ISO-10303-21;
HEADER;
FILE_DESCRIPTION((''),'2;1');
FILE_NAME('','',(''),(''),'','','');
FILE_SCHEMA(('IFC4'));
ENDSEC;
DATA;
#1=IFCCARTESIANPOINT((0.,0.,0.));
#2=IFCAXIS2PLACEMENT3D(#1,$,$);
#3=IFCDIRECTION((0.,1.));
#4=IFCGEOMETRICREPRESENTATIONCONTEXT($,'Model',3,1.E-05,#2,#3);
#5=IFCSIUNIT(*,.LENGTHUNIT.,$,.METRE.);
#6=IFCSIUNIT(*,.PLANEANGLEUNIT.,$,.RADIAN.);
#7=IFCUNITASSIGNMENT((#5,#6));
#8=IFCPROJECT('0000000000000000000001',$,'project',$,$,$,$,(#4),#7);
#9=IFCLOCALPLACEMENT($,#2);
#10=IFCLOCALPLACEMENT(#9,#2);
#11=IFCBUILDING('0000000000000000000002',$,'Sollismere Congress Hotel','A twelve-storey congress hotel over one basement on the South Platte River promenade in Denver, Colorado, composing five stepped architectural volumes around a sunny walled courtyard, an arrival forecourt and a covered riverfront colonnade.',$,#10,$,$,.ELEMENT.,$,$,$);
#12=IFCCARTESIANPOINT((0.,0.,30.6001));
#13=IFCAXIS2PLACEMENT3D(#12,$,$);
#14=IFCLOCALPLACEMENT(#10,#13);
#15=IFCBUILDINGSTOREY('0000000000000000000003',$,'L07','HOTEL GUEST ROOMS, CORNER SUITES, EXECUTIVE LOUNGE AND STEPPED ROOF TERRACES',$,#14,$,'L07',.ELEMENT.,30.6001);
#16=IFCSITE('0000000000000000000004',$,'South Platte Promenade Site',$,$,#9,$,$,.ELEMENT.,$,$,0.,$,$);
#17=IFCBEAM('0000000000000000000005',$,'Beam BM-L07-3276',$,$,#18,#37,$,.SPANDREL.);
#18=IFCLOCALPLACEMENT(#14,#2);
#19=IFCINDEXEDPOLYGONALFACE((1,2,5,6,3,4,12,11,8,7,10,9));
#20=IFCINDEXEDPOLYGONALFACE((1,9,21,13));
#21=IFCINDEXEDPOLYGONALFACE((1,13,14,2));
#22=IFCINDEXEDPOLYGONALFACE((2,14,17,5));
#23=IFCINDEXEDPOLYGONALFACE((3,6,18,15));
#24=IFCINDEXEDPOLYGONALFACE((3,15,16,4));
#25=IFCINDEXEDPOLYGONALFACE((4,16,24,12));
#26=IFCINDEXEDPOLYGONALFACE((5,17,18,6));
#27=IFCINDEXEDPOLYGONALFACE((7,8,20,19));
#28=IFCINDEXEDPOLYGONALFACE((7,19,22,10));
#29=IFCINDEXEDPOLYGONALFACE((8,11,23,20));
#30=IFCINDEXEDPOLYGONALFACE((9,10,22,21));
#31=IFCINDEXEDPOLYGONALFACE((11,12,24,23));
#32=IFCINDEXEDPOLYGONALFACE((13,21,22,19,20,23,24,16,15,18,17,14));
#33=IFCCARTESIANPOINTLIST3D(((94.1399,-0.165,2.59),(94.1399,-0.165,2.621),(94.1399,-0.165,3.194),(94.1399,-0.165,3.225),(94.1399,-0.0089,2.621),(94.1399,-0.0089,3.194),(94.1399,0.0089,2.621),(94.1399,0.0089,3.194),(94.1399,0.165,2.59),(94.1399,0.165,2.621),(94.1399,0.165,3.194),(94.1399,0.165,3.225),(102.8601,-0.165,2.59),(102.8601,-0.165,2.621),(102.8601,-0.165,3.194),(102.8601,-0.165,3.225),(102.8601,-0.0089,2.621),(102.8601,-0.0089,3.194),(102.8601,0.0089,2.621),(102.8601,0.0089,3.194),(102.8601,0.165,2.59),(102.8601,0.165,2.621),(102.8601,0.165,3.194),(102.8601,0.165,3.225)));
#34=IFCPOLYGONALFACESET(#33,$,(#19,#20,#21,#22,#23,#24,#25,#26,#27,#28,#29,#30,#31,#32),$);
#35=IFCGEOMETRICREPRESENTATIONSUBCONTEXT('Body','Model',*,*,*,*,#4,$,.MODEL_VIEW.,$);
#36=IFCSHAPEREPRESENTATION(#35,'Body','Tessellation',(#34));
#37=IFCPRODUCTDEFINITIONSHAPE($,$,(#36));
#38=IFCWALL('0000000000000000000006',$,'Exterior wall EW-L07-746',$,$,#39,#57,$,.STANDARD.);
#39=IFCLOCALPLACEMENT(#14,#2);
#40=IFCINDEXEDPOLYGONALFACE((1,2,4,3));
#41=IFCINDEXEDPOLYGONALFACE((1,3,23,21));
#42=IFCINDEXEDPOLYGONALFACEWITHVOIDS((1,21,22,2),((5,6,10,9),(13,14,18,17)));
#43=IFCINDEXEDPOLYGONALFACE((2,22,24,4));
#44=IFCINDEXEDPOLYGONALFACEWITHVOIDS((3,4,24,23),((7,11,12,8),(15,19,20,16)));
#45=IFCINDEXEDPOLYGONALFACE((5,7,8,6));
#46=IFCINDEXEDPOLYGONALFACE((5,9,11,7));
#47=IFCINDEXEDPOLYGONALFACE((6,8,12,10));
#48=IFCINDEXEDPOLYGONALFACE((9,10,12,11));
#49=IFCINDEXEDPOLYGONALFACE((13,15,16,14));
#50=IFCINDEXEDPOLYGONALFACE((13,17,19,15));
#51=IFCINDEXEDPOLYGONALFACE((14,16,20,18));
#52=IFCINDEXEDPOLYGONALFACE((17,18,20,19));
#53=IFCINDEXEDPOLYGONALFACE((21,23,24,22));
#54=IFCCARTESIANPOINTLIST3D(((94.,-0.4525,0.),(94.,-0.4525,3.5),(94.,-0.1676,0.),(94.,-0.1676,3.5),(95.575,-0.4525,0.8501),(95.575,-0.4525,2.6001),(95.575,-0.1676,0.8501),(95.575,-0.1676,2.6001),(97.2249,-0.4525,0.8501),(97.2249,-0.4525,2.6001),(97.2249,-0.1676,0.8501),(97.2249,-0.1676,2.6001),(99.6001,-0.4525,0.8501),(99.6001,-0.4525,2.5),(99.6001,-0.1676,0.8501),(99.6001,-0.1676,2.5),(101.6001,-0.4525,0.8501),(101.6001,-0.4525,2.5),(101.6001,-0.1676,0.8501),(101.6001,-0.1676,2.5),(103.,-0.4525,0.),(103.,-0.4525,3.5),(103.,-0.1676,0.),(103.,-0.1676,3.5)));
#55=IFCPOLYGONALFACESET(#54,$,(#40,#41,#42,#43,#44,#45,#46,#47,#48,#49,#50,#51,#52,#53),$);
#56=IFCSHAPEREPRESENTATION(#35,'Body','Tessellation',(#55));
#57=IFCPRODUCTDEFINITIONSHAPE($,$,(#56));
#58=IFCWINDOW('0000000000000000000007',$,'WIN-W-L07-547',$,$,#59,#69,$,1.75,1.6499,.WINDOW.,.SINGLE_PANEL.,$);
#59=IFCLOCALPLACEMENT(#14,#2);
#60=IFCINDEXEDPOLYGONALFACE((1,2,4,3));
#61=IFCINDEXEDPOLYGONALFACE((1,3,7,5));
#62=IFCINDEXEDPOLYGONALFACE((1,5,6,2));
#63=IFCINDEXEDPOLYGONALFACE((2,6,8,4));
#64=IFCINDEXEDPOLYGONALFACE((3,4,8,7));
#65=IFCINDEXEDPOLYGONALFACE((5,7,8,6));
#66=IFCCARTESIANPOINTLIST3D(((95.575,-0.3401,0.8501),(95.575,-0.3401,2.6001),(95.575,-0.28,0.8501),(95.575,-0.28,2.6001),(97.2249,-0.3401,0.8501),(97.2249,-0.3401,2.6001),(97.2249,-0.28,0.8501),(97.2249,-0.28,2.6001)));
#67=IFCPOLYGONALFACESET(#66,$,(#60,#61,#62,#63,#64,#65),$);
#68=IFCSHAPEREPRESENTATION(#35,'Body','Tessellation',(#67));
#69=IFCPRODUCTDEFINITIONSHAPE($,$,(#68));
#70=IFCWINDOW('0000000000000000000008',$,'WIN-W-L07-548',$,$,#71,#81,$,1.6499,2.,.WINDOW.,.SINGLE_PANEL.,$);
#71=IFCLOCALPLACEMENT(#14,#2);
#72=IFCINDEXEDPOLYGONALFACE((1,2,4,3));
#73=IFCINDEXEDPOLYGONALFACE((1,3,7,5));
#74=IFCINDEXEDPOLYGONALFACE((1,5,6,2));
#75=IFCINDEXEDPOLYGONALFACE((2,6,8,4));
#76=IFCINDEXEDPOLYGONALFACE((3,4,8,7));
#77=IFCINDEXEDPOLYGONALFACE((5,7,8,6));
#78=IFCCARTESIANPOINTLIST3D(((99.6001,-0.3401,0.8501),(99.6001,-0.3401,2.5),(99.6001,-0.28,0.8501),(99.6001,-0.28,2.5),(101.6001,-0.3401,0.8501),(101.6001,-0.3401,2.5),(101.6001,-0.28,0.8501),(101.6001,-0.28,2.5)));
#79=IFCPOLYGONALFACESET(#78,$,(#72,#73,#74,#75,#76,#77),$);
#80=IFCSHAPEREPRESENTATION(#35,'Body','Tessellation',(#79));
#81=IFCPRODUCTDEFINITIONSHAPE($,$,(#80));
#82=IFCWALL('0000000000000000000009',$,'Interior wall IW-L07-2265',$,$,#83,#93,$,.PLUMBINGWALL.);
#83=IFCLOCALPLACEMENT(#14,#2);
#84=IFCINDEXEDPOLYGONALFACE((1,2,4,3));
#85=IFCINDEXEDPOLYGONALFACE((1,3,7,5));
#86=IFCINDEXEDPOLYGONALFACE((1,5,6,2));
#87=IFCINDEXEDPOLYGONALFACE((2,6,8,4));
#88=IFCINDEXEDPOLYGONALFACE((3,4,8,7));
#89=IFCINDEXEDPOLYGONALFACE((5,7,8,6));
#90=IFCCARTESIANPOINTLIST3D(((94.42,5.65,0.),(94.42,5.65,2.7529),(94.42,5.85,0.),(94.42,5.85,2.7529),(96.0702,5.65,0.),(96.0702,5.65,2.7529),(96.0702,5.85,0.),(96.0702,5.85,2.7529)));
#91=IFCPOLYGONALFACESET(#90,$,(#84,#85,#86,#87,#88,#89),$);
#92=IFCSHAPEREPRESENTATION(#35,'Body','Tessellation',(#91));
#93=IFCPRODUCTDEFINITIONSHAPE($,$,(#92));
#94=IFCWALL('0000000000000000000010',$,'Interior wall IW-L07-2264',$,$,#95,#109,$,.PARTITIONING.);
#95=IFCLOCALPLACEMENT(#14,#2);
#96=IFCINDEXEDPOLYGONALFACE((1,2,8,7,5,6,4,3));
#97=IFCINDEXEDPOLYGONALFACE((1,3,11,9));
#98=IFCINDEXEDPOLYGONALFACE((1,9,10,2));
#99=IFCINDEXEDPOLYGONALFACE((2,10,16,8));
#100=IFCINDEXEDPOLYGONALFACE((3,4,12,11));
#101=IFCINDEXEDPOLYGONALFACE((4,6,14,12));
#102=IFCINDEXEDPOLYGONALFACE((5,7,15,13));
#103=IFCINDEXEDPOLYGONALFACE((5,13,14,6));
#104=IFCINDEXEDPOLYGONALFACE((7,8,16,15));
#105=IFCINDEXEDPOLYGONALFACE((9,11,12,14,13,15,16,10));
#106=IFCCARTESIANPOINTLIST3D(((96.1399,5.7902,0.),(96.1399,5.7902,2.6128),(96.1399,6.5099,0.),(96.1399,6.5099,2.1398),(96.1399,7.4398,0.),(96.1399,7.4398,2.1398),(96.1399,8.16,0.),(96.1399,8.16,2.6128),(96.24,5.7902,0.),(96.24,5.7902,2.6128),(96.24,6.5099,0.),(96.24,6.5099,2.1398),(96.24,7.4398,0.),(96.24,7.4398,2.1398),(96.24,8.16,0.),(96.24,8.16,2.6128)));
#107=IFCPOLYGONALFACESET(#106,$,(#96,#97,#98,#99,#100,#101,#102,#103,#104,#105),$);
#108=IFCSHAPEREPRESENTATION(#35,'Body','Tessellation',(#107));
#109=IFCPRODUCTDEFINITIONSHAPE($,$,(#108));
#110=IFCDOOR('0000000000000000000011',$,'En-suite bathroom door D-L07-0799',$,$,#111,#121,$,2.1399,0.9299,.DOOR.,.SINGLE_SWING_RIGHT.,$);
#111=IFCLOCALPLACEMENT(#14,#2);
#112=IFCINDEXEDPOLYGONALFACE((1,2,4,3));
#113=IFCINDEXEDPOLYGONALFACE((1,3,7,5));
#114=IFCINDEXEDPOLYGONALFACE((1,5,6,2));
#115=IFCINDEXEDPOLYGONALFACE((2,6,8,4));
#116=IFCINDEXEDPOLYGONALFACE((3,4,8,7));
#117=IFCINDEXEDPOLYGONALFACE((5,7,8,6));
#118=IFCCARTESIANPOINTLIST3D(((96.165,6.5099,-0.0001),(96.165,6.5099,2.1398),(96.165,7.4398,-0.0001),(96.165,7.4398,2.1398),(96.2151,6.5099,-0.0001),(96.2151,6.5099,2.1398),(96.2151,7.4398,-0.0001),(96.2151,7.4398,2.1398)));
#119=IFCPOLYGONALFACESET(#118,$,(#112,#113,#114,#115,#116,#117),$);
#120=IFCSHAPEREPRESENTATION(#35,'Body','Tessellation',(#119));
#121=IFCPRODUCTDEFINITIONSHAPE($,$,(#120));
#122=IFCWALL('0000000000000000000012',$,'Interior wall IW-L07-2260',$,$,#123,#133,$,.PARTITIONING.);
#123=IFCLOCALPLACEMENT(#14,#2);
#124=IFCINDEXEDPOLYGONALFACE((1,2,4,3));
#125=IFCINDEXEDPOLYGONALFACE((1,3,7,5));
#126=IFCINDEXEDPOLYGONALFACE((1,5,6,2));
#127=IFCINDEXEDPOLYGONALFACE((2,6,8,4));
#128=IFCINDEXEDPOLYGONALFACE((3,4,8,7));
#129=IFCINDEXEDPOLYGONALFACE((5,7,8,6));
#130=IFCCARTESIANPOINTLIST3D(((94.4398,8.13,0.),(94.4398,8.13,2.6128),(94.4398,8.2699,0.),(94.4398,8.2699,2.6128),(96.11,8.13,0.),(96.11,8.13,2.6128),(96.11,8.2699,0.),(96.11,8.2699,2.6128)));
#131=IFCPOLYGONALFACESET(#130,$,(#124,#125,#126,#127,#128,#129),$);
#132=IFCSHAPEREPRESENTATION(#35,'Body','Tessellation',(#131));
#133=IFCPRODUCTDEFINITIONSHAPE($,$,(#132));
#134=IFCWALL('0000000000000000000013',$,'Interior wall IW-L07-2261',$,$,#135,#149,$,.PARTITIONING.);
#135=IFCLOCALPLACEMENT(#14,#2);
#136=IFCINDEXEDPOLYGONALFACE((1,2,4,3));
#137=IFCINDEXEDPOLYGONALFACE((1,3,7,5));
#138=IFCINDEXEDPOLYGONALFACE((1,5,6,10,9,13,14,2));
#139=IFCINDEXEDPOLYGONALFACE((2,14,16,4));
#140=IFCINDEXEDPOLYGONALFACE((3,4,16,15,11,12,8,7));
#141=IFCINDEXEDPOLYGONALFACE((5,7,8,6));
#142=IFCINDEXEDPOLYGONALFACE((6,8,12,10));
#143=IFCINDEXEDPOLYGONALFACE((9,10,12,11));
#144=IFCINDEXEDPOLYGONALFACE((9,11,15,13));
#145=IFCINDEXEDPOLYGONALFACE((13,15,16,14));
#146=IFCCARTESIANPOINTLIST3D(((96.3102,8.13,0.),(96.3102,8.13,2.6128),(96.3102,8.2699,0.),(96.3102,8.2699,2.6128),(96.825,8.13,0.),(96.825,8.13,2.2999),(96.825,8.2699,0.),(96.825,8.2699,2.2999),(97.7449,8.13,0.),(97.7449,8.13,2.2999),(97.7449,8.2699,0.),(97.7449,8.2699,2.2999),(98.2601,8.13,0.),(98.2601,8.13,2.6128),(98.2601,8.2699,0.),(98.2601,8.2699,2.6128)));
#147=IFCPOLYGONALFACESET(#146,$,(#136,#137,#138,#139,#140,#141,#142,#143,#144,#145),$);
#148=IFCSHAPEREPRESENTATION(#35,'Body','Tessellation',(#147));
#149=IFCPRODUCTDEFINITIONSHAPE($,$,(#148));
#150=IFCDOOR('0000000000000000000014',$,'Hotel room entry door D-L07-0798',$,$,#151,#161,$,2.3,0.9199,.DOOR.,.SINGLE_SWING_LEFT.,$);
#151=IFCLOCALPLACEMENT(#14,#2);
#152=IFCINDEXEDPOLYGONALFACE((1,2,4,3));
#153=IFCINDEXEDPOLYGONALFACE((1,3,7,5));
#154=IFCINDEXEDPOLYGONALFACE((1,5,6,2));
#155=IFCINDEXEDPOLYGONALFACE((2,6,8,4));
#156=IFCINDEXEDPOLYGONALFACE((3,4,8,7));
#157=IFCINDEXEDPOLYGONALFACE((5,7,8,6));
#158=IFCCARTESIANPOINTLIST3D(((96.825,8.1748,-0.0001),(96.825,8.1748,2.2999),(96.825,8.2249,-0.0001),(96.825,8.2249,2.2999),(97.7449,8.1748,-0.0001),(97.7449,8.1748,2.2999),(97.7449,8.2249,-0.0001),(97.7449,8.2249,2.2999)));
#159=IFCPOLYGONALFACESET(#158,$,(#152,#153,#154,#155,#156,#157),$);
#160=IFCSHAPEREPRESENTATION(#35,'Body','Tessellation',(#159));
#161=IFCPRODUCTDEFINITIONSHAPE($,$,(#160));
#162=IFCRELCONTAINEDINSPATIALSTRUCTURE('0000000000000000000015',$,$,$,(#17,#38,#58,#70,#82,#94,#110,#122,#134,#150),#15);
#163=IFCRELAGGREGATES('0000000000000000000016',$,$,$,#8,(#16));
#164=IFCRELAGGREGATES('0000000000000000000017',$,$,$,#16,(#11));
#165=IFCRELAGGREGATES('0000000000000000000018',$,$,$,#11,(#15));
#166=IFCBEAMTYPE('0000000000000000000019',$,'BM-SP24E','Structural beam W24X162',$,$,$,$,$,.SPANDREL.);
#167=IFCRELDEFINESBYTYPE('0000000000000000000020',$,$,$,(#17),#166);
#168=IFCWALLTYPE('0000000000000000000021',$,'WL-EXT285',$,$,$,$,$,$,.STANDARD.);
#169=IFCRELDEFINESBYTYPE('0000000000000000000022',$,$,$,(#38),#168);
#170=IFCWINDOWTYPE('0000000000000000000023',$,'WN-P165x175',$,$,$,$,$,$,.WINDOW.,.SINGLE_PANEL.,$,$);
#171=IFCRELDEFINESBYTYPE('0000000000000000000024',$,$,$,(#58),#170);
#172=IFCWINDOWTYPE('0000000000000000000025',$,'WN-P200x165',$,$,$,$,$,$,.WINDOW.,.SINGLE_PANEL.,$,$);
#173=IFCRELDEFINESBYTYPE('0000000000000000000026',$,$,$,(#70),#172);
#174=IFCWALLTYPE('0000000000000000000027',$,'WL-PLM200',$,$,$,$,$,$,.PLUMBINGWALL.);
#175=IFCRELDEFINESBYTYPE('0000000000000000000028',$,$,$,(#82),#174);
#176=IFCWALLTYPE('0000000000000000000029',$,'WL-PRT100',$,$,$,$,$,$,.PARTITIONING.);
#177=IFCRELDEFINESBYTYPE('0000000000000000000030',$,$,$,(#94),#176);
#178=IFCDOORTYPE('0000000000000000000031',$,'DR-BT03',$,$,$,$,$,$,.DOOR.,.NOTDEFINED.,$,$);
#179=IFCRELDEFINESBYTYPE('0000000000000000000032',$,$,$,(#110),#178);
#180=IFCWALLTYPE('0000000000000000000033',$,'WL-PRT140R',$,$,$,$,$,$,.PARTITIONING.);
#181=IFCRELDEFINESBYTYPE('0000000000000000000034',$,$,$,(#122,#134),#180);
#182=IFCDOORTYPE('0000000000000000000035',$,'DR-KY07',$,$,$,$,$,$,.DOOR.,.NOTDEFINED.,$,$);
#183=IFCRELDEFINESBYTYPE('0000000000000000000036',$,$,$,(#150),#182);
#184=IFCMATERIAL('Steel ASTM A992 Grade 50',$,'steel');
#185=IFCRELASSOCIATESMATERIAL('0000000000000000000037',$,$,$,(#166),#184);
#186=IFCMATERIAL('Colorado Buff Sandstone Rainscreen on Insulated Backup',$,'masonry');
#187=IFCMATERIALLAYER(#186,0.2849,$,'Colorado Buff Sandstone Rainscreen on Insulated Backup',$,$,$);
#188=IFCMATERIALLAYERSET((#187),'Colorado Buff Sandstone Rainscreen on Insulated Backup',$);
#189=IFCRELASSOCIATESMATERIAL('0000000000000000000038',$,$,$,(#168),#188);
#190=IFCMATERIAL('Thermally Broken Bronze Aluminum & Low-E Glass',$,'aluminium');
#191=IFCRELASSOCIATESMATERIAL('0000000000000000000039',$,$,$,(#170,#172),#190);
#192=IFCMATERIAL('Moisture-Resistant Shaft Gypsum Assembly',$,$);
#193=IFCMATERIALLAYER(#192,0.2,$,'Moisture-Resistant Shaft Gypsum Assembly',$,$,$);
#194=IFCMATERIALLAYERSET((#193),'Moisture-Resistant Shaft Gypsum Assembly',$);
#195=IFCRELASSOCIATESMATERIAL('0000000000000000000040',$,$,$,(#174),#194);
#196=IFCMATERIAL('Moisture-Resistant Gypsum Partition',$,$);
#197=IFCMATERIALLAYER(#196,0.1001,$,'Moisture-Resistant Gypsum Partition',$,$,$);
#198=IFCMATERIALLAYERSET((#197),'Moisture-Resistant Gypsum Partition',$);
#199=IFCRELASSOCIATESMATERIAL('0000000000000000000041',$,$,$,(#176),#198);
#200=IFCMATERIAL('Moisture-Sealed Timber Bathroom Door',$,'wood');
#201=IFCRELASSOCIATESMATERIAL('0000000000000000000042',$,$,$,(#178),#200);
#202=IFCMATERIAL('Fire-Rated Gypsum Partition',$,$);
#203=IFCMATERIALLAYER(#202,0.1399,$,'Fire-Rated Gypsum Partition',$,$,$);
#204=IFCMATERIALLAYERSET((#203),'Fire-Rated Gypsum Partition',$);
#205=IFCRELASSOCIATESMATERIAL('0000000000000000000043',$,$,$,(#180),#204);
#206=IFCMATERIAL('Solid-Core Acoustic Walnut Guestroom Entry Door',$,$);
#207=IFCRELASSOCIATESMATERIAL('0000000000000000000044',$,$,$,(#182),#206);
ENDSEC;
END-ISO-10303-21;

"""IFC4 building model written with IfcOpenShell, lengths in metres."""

from ifc_helpers import new_model, si_unit, direction, frame, frame_2d, origin, origin_2d, place, context, subcontext, project, spatial, rectangle, i_section, extrude, material, layer, layer_set, material_profile, profile_set, type_object, element, fill, save


model = new_model("IFC4")

# Units and contexts
model_context = context("Model", 3, precision=1e-05, world=origin(), true_north=direction((0.0, 1.0)))
body_context = subcontext(model_context, "Body", "Model", "MODEL_VIEW")
ifc_project = project(units=[si_unit("LENGTHUNIT", "METRE"), si_unit("PLANEANGLEUNIT", "RADIAN")], contexts=[model_context])

# Site, building, storey
site_placement = place(None, origin())
site = spatial("IfcSite", under=ifc_project, at=site_placement, Name="South Platte Promenade Site", CompositionType="ELEMENT", RefElevation=0.0)
building_placement = place(site_placement, origin())
building = spatial("IfcBuilding", under=site, at=building_placement, Name="Sollismere Congress Hotel", Description="A twelve-storey congress hotel over one basement on the South Platte River promenade in Denver, Colorado, composing five stepped architectural volumes around a sunny walled courtyard, an arrival forecourt and a covered riverfront colonnade.", CompositionType="ELEMENT")
storey_placement = place(building_placement, frame((0.0, 0.0, 30.6001)))
storey = spatial("IfcBuildingStorey", under=building, at=storey_placement, Name="L07", Description="HOTEL GUEST ROOMS, CORNER SUITES, EXECUTIVE LOUNGE AND STEPPED ROOF TERRACES", LongName="L07", CompositionType="ELEMENT", Elevation=30.6001)

# Beam
ifc_material_1 = material(Name="Steel ASTM A992 Grade 50", Category="steel")
ifc_material_profile_1 = material_profile(ifc_material_1, i_section(OverallWidth=0.3301, OverallDepth=0.635, WebThickness=0.0178, FlangeThickness=0.031, at=origin_2d()), Name="W24X162")
ifc_profile_set_1 = profile_set([ifc_material_profile_1], Name="Steel ASTM A992 Grade 50")
beam_type_1 = type_object("IfcBeamType", Name="BM-SP24E", Description="Structural beam W24X162", PredefinedType="SPANDREL", material=ifc_profile_set_1)
beam_1_placement = place(storey_placement, frame((94.1399, 0.0, 2.9075), z_axis=(1.0, 0.0, 0.0), x_axis=(0.0, 1.0, 0.0)))
element("IfcBeam", 1, at=beam_1_placement, inside=storey, type_object=beam_type_1, Name="Beam BM-L07-3276", PredefinedType="SPANDREL", context=body_context, shape_type="SweptSolid", body=[
    extrude(i_section(OverallWidth=0.3301, OverallDepth=0.635, WebThickness=0.0178, FlangeThickness=0.031, at=origin_2d()), origin(), (0.0, 0.0, 1.0), 8.7202),
])

# Wall, openings, windows
ifc_material_2 = material(Name="Colorado Buff Sandstone Rainscreen on Insulated Backup", Category="masonry")
ifc_layer_1 = layer(ifc_material_2, 0.2849, Name="Colorado Buff Sandstone Rainscreen on Insulated Backup")
ifc_layer_set_1 = layer_set([ifc_layer_1], Name="Colorado Buff Sandstone Rainscreen on Insulated Backup")
wall_type_1 = type_object("IfcWallType", Name="WL-EXT285", PredefinedType="STANDARD", material=ifc_layer_set_1)
wall_1_placement = place(storey_placement, frame((94.0, -0.3101, 0.0), z_axis=(0.0, 0.0, 1.0), x_axis=(1.0, 0.0, 0.0)))
wall_1 = element("IfcWall", 2, at=wall_1_placement, inside=storey, type_object=wall_type_1, Name="Exterior wall EW-L07-746", PredefinedType="STANDARD", context=body_context, shape_type="SweptSolid", body=[
    extrude(rectangle(XDim=9.0, YDim=0.2849, at=frame_2d((4.5, 0.0))), origin(), (0.0, 0.0, 1.0), 3.5),
])
opening_1_placement = place(wall_1_placement, frame((1.575, 0.0, 0.8501)))
opening_1 = element("IfcOpeningElement", 3, at=opening_1_placement, cuts=wall_1, PredefinedType="OPENING", context=body_context, shape_type="SweptSolid", body=[
    extrude(rectangle(XDim=1.6499, YDim=1.75, at=frame_2d((0.825, 0.875))), frame((0.0, 0.1523, 0.0), z_axis=(0.0, -1.0, 0.0), x_axis=(1.0, 0.0, 0.0)), (0.0, 0.0, 1.0), 0.3049),
])
opening_2_placement = place(wall_1_placement, frame((5.6001, 0.0, 0.8501)))
opening_2 = element("IfcOpeningElement", 4, at=opening_2_placement, cuts=wall_1, PredefinedType="OPENING", context=body_context, shape_type="SweptSolid", body=[
    extrude(rectangle(XDim=2.0, YDim=1.6499, at=frame_2d((1.0, 0.825))), frame((0.0, 0.1523, 0.0), z_axis=(0.0, -1.0, 0.0), x_axis=(1.0, 0.0, 0.0)), (0.0, 0.0, 1.0), 0.3049),
])
ifc_material_3 = material(Name="Thermally Broken Bronze Aluminum & Low-E Glass", Category="aluminium")
window_type_1 = type_object("IfcWindowType", Name="WN-P165x175", PartitioningType="SINGLE_PANEL", PredefinedType="WINDOW", material=ifc_material_3)
window_1_placement = place(opening_1_placement, origin())
window_1 = element("IfcWindow", 5, at=window_1_placement, inside=storey, type_object=window_type_1, Name="WIN-W-L07-547", OverallHeight=1.75, OverallWidth=1.6499, PartitioningType="SINGLE_PANEL", PredefinedType="WINDOW", context=body_context, shape_type="SweptSolid", body=[
    extrude(rectangle(XDim=1.6499, YDim=1.75, at=frame_2d((0.825, 0.875))), frame((0.0, 0.03, 0.0), z_axis=(0.0, -1.0, 0.0), x_axis=(1.0, 0.0, 0.0)), (0.0, 0.0, 1.0), 0.0601),
])
fill(opening_1, window_1)
window_type_2 = type_object("IfcWindowType", Name="WN-P200x165", PartitioningType="SINGLE_PANEL", PredefinedType="WINDOW", material=ifc_material_3)
window_2_placement = place(opening_2_placement, origin())
window_2 = element("IfcWindow", 6, at=window_2_placement, inside=storey, type_object=window_type_2, Name="WIN-W-L07-548", OverallHeight=1.6499, OverallWidth=2.0, PartitioningType="SINGLE_PANEL", PredefinedType="WINDOW", context=body_context, shape_type="SweptSolid", body=[
    extrude(rectangle(XDim=2.0, YDim=1.6499, at=frame_2d((1.0, 0.825))), frame((0.0, 0.03, 0.0), z_axis=(0.0, -1.0, 0.0), x_axis=(1.0, 0.0, 0.0)), (0.0, 0.0, 1.0), 0.0601),
])
fill(opening_2, window_2)

# Wall
ifc_material_4 = material(Name="Moisture-Resistant Shaft Gypsum Assembly")
ifc_layer_2 = layer(ifc_material_4, 0.2, Name="Moisture-Resistant Shaft Gypsum Assembly")
ifc_layer_set_2 = layer_set([ifc_layer_2], Name="Moisture-Resistant Shaft Gypsum Assembly")
wall_type_2 = type_object("IfcWallType", Name="WL-PLM200", PredefinedType="PLUMBINGWALL", material=ifc_layer_set_2)
wall_2_placement = place(storey_placement, frame((94.4199, 5.75, 0.0), z_axis=(0.0, 0.0, 1.0), x_axis=(1.0, 0.0, 0.0)))
element("IfcWall", 7, at=wall_2_placement, inside=storey, type_object=wall_type_2, Name="Interior wall IW-L07-2265", PredefinedType="PLUMBINGWALL", context=body_context, shape_type="SweptSolid", body=[
    extrude(rectangle(XDim=1.6501, YDim=0.2, at=frame_2d((0.8252, 0.0))), origin(), (0.0, 0.0, 1.0), 2.7529),
])

# Wall, opening, door
ifc_material_5 = material(Name="Moisture-Resistant Gypsum Partition")
ifc_layer_3 = layer(ifc_material_5, 0.1001, Name="Moisture-Resistant Gypsum Partition")
ifc_layer_set_3 = layer_set([ifc_layer_3], Name="Moisture-Resistant Gypsum Partition")
wall_type_3 = type_object("IfcWallType", Name="WL-PRT100", PredefinedType="PARTITIONING", material=ifc_layer_set_3)
wall_3_placement = place(storey_placement, frame((96.1899, 5.79, 0.0), z_axis=(0.0, 0.0, 1.0), x_axis=(0.0, 1.0, 0.0)))
wall_3 = element("IfcWall", 8, at=wall_3_placement, inside=storey, type_object=wall_type_3, Name="Interior wall IW-L07-2264", PredefinedType="PARTITIONING", context=body_context, shape_type="SweptSolid", body=[
    extrude(rectangle(XDim=2.3699, YDim=0.1001, at=frame_2d((1.1851, 0.0))), origin(), (0.0, 0.0, 1.0), 2.6128),
])
opening_3_placement = place(wall_3_placement, frame((0.72, 0.0, 0.0)))
opening_3 = element("IfcOpeningElement", 9, at=opening_3_placement, cuts=wall_3, PredefinedType="OPENING", context=body_context, shape_type="SweptSolid", body=[
    extrude(rectangle(XDim=0.9299, YDim=2.1399, at=frame_2d((0.4648, 1.0698))), frame((0.0, 0.0601, 0.0), z_axis=(0.0, -1.0, 0.0), x_axis=(1.0, 0.0, 0.0)), (0.0, 0.0, 1.0), 0.1201),
])
ifc_material_6 = material(Name="Moisture-Sealed Timber Bathroom Door", Category="wood")
door_type_1 = type_object("IfcDoorType", Name="DR-BT03", OperationType="NOTDEFINED", PredefinedType="DOOR", material=ifc_material_6)
door_1_placement = place(opening_3_placement, origin())
door_1 = element("IfcDoor", 10, at=door_1_placement, inside=storey, type_object=door_type_1, Name="En-suite bathroom door D-L07-0799", OperationType="SINGLE_SWING_RIGHT", OverallHeight=2.1399, OverallWidth=0.9299, PredefinedType="DOOR", context=body_context, shape_type="SweptSolid", body=[
    extrude(rectangle(XDim=0.9299, YDim=2.1399, at=frame_2d((0.4648, 1.0698))), frame((0.0, 0.0249, 0.0), z_axis=(0.0, -1.0, 0.0), x_axis=(1.0, 0.0, 0.0)), (0.0, 0.0, 1.0), 0.05),
])
fill(opening_3, door_1)

# Wall
ifc_material_7 = material(Name="Fire-Rated Gypsum Partition")
ifc_layer_4 = layer(ifc_material_7, 0.1399, Name="Fire-Rated Gypsum Partition")
ifc_layer_set_4 = layer_set([ifc_layer_4], Name="Fire-Rated Gypsum Partition")
wall_type_4 = type_object("IfcWallType", Name="WL-PRT140R", PredefinedType="PARTITIONING", material=ifc_layer_set_4)
wall_4_placement = place(storey_placement, frame((94.4399, 8.2, 0.0), z_axis=(0.0, 0.0, 1.0), x_axis=(1.0, 0.0, 0.0)))
element("IfcWall", 11, at=wall_4_placement, inside=storey, type_object=wall_type_4, Name="Interior wall IW-L07-2260", PredefinedType="PARTITIONING", context=body_context, shape_type="SweptSolid", body=[
    extrude(rectangle(XDim=1.6702, YDim=0.1399, at=frame_2d((0.835, 0.0))), origin(), (0.0, 0.0, 1.0), 2.6128),
])

# Wall, opening, door
wall_5_placement = place(storey_placement, frame((96.3101, 8.2, 0.0), z_axis=(0.0, 0.0, 1.0), x_axis=(1.0, 0.0, 0.0)))
wall_5 = element("IfcWall", 12, at=wall_5_placement, inside=storey, type_object=wall_type_4, Name="Interior wall IW-L07-2261", PredefinedType="PARTITIONING", context=body_context, shape_type="SweptSolid", body=[
    extrude(rectangle(XDim=1.95, YDim=0.1399, at=frame_2d((0.9751, 0.0))), origin(), (0.0, 0.0, 1.0), 2.6128),
])
opening_4_placement = place(wall_5_placement, frame((0.5149, 0.0, 0.0)))
opening_4 = element("IfcOpeningElement", 13, at=opening_4_placement, cuts=wall_5, PredefinedType="OPENING", context=body_context, shape_type="SweptSolid", body=[
    extrude(rectangle(XDim=0.9199, YDim=2.3, at=frame_2d((0.46, 1.1499))), frame((0.0, 0.0798, 0.0), z_axis=(0.0, -1.0, 0.0), x_axis=(1.0, 0.0, 0.0)), (0.0, 0.0, 1.0), 0.1599),
])
ifc_material_8 = material(Name="Solid-Core Acoustic Walnut Guestroom Entry Door")
door_type_2 = type_object("IfcDoorType", Name="DR-KY07", OperationType="NOTDEFINED", PredefinedType="DOOR", material=ifc_material_8)
door_2_placement = place(opening_4_placement, origin())
door_2 = element("IfcDoor", 14, at=door_2_placement, inside=storey, type_object=door_type_2, Name="Hotel room entry door D-L07-0798", OperationType="SINGLE_SWING_LEFT", OverallHeight=2.3, OverallWidth=0.9199, PredefinedType="DOOR", context=body_context, shape_type="SweptSolid", body=[
    extrude(rectangle(XDim=0.9199, YDim=2.3, at=frame_2d((0.46, 1.1499))), frame((0.0, 0.0249, 0.0), z_axis=(0.0, -1.0, 0.0), x_axis=(1.0, 0.0, 0.0)), (0.0, 0.0, 1.0), 0.05),
])
fill(opening_4, door_2)

save(model, "model.ifc")
